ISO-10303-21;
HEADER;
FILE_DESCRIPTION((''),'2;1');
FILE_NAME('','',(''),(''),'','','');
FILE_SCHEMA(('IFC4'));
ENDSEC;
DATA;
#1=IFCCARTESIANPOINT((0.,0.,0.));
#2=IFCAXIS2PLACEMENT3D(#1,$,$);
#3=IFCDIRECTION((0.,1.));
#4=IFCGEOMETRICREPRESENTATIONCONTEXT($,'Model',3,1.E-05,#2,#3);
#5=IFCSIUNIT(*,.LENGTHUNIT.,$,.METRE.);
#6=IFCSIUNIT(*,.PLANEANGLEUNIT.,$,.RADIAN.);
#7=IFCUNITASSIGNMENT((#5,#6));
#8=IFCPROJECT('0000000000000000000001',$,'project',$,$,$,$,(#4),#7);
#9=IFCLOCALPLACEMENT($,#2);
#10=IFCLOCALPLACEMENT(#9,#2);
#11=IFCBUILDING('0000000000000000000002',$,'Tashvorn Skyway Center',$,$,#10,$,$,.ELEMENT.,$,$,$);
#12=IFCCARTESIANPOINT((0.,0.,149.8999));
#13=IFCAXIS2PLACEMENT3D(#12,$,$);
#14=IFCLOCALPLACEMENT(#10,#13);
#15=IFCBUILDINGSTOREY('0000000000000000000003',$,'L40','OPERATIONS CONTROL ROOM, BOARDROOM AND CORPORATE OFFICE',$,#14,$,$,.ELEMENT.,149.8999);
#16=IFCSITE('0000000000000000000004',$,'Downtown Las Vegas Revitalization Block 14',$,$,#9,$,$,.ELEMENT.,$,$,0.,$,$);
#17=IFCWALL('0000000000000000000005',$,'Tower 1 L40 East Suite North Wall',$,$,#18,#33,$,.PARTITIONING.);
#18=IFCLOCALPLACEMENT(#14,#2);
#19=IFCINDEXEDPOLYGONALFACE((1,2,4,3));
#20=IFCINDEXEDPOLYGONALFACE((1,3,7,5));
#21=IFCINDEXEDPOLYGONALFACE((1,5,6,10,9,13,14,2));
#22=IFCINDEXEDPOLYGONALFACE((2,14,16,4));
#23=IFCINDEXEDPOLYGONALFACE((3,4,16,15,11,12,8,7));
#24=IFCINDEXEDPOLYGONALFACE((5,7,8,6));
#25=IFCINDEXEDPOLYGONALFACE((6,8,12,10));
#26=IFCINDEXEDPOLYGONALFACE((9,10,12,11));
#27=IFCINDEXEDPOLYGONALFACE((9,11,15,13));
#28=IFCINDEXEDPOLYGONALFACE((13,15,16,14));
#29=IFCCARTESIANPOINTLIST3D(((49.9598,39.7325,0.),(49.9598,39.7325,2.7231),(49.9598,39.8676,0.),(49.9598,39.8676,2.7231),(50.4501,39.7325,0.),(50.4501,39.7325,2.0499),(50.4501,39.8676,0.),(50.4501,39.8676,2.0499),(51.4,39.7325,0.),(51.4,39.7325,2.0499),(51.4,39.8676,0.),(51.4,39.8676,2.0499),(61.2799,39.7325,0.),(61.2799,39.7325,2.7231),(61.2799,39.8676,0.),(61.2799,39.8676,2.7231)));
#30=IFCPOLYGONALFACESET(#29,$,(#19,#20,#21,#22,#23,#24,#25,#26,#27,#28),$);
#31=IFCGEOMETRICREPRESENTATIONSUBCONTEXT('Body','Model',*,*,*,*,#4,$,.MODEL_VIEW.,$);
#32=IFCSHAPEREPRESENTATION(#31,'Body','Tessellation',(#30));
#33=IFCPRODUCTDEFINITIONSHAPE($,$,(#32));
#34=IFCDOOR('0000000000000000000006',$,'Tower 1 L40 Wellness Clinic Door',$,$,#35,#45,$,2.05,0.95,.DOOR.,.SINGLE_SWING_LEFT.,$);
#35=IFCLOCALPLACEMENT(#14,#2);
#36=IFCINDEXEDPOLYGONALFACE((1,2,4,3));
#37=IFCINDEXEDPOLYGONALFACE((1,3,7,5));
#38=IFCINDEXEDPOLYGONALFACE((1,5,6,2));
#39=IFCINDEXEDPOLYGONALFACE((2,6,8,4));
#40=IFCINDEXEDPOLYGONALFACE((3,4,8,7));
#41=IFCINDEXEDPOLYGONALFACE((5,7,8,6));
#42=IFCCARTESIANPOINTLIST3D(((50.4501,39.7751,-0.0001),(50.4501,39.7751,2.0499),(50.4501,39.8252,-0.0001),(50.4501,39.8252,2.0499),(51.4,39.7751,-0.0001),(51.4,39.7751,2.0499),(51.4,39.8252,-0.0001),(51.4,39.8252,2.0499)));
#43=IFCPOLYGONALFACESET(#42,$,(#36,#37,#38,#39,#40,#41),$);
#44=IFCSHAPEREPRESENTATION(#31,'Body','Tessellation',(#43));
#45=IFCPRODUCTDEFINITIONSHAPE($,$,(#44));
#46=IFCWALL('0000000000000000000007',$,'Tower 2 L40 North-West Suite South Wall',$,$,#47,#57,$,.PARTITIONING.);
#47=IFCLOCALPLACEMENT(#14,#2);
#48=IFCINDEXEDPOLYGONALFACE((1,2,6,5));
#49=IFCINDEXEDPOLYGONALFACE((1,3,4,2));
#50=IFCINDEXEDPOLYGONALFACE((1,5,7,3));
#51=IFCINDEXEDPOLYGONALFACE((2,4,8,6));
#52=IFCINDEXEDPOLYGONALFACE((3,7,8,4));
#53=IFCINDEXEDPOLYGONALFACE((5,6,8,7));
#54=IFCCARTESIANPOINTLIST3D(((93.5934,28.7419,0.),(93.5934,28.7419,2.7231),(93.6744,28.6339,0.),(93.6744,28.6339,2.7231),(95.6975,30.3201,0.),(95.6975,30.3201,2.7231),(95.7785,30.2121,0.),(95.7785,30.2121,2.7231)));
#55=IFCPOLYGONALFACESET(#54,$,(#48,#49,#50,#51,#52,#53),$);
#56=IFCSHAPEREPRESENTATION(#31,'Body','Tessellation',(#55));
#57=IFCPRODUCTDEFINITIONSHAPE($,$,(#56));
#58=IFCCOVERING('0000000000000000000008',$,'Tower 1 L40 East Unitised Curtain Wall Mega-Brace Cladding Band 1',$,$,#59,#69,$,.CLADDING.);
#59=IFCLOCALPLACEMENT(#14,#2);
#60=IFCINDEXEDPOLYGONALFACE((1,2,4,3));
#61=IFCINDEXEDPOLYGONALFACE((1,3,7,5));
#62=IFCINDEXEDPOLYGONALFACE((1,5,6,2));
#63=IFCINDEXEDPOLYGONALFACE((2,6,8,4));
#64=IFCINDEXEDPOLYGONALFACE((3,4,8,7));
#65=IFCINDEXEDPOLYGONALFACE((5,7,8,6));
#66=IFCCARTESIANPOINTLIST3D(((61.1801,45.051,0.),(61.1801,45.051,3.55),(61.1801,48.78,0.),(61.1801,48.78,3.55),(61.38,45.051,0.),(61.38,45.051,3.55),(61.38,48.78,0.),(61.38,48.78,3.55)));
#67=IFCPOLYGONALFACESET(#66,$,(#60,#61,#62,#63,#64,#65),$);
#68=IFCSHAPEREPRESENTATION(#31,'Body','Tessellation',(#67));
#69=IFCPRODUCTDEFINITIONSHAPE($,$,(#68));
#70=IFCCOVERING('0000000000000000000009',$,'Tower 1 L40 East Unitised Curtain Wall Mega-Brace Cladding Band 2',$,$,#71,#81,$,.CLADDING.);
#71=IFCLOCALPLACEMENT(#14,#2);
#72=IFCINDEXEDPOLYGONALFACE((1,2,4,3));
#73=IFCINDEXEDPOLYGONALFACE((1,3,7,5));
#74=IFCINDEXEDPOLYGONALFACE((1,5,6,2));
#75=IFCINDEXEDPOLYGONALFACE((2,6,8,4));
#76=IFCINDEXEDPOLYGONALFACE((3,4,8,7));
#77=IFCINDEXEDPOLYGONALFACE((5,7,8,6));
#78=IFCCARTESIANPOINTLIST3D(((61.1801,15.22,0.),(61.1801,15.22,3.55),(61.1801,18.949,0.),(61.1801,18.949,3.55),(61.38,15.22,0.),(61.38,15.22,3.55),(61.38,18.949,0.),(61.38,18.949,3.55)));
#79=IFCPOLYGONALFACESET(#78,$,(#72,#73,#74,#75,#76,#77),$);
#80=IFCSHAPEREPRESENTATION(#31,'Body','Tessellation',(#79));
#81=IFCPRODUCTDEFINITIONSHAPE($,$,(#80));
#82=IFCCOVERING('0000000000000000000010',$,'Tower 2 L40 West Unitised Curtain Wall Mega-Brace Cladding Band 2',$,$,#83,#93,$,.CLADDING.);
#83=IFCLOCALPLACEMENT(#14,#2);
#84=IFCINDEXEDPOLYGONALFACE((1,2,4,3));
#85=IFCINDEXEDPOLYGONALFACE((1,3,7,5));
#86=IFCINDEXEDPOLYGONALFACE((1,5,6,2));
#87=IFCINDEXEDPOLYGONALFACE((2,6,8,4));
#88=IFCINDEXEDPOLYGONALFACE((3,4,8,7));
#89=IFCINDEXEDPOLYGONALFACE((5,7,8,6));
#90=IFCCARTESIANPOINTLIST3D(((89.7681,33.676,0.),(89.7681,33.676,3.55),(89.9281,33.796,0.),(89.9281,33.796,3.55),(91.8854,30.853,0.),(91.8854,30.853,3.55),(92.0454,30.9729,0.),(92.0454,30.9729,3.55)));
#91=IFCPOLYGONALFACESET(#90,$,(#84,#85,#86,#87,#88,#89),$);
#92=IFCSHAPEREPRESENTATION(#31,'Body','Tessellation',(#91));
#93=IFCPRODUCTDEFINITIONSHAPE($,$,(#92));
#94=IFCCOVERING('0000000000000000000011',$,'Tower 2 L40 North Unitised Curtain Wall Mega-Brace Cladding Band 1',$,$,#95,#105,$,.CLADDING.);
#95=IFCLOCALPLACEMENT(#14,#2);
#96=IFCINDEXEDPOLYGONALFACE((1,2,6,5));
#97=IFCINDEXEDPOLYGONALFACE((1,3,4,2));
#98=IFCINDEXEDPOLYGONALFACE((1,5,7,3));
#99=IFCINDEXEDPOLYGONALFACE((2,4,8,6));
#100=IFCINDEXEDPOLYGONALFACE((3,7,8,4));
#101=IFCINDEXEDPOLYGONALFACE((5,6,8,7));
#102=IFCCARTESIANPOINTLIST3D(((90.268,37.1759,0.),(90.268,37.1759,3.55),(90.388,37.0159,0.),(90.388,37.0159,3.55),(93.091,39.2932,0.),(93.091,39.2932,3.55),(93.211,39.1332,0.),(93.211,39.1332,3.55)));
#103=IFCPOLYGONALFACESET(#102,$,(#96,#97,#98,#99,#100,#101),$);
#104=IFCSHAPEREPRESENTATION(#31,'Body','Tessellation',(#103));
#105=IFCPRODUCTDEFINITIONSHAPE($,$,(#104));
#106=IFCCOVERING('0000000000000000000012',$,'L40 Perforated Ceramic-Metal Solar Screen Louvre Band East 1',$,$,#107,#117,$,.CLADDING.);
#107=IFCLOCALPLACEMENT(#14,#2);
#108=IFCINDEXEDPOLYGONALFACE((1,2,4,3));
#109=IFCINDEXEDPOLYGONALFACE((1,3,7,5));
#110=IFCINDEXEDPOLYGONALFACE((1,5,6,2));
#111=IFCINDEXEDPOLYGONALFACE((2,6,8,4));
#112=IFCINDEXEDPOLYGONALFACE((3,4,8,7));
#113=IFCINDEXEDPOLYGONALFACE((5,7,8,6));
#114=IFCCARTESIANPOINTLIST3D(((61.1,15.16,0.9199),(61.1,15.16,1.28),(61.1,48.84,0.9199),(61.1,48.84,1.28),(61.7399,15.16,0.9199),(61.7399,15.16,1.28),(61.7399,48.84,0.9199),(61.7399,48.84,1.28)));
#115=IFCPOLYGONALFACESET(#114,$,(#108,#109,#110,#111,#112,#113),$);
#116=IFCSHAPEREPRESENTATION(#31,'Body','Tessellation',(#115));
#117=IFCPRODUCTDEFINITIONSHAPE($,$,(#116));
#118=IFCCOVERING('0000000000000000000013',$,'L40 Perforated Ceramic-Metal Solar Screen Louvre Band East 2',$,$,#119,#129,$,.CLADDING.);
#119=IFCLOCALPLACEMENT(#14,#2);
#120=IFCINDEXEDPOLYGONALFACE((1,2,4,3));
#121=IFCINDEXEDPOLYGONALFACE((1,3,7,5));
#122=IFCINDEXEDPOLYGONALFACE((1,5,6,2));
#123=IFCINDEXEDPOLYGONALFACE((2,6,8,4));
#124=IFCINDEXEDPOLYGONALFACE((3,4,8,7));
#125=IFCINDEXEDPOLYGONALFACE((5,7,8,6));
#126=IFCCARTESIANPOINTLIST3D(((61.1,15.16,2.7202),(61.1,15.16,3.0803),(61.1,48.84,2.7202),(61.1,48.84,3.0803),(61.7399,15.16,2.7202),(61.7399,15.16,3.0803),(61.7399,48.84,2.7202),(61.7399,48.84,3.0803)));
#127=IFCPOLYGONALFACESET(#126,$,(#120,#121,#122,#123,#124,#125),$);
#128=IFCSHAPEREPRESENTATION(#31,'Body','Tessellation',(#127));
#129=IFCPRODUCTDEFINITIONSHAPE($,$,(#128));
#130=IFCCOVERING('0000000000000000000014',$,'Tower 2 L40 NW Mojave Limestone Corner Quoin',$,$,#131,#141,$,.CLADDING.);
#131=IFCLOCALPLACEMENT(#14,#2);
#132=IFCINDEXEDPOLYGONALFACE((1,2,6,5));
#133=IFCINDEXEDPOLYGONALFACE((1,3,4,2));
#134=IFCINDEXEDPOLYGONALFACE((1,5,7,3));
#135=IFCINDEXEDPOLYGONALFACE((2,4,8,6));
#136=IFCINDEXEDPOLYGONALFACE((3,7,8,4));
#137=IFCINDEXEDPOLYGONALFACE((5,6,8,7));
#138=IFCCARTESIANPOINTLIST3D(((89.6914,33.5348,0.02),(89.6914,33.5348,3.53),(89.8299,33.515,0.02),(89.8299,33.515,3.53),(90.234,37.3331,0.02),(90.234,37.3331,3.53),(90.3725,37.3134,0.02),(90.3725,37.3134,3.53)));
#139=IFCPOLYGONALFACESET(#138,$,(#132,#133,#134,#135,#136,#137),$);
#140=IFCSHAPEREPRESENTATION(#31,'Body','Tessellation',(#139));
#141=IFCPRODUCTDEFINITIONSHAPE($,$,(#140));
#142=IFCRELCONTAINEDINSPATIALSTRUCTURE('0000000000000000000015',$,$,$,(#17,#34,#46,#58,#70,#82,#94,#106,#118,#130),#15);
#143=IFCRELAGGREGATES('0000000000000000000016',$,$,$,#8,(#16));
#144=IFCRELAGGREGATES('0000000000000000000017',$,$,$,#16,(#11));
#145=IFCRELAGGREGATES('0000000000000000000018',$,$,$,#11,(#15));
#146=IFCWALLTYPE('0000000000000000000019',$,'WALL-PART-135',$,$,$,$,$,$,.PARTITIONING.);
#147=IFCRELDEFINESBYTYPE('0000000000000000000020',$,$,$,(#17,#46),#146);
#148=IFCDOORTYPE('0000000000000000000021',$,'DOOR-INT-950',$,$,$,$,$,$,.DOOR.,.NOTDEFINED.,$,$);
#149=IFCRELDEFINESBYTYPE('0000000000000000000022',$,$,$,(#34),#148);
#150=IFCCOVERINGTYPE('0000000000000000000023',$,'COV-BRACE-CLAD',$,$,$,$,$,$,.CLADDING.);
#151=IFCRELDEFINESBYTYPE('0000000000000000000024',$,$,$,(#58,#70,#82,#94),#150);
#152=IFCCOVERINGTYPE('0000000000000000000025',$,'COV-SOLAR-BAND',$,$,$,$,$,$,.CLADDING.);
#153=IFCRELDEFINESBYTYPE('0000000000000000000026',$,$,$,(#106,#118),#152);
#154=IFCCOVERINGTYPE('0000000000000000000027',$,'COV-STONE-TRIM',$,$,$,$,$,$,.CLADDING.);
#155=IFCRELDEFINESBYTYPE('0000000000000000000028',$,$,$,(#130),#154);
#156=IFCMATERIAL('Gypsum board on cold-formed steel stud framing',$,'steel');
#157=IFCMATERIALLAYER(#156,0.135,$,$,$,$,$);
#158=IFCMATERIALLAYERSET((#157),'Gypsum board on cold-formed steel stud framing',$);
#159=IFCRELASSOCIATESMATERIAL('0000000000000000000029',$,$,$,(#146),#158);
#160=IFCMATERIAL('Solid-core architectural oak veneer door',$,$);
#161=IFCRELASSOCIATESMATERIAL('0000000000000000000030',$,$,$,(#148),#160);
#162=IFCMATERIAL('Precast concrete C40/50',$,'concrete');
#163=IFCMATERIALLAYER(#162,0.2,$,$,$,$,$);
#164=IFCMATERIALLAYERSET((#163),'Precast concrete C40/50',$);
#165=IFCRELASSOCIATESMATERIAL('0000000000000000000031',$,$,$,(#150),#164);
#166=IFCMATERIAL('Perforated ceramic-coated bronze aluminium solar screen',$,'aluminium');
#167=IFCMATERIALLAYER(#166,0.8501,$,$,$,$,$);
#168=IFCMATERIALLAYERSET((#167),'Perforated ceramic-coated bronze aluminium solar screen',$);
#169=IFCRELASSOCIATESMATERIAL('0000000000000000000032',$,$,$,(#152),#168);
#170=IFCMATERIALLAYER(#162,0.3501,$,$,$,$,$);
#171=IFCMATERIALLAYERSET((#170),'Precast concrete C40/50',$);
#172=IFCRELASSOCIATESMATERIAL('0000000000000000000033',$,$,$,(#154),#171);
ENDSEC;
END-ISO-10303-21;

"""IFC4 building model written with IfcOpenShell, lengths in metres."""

from ifc_helpers import new_model, si_unit, direction, frame, frame_2d, origin, origin_2d, place, context, subcontext, project, spatial, rectangle, extrude, material, layer, layer_set, type_object, element, fill, save


model = new_model("IFC4")

# Units and contexts
model_context = context("Model", 3, precision=1e-05, world=origin(), true_north=direction((0.0, 1.0)))
body_context = subcontext(model_context, "Body", "Model", "MODEL_VIEW")
ifc_project = project(units=[si_unit("LENGTHUNIT", "METRE"), si_unit("PLANEANGLEUNIT", "RADIAN")], contexts=[model_context])

# Site, building, storey
site_placement = place(None, origin())
site = spatial("IfcSite", under=ifc_project, at=site_placement, Name="Downtown Las Vegas Revitalization Block 14", CompositionType="ELEMENT", RefElevation=0.0)
building_placement = place(site_placement, origin())
building = spatial("IfcBuilding", under=site, at=building_placement, Name="Tashvorn Skyway Center", CompositionType="ELEMENT")
storey_placement = place(building_placement, frame((0.0, 0.0, 149.8999)))
storey = spatial("IfcBuildingStorey", under=building, at=storey_placement, Name="L40", Description="OPERATIONS CONTROL ROOM, BOARDROOM AND CORPORATE OFFICE", CompositionType="ELEMENT", Elevation=149.8999)

# Shared definitions
ifc_material_1 = material(Name="Precast concrete C40/50", Category="concrete")

# Wall, opening, door
ifc_material_2 = material(Name="Gypsum board on cold-formed steel stud framing", Category="steel")
ifc_layer_1 = layer(ifc_material_2, 0.135)
ifc_layer_set_1 = layer_set([ifc_layer_1], Name="Gypsum board on cold-formed steel stud framing")
wall_type_1 = type_object("IfcWallType", Name="WALL-PART-135", PredefinedType="PARTITIONING", material=ifc_layer_set_1)
wall_1_placement = place(storey_placement, frame((61.28, 39.8, 0.0), z_axis=(0.0, 0.0, 1.0), x_axis=(-1.0, 0.0, 0.0)))
wall_1 = element("IfcWall", 1, at=wall_1_placement, inside=storey, type_object=wall_type_1, Name="Tower 1 L40 East Suite North Wall", PredefinedType="PARTITIONING", context=body_context, shape_type="SweptSolid", body=[
    extrude(rectangle(XDim=11.3201, YDim=0.135, at=frame_2d((5.6602, 0.0))), origin(), (0.0, 0.0, 1.0), 2.7231),
])
opening_placement = place(wall_1_placement, frame((9.8799, 0.0, 0.0)))
opening = element("IfcOpeningElement", 2, at=opening_placement, cuts=wall_1, PredefinedType="OPENING", context=body_context, shape_type="SweptSolid", body=[
    extrude(rectangle(XDim=0.95, YDim=2.05, at=frame_2d((0.4751, 1.0249))), frame((0.0, 0.0774, 0.0), z_axis=(0.0, -1.0, 0.0), x_axis=(1.0, 0.0, 0.0)), (0.0, 0.0, 1.0), 0.155),
])
ifc_material_3 = material(Name="Solid-core architectural oak veneer door")
door_type = type_object("IfcDoorType", Name="DOOR-INT-950", OperationType="NOTDEFINED", PredefinedType="DOOR", material=ifc_material_3)
door_placement = place(opening_placement, origin())
door = element("IfcDoor", 3, at=door_placement, inside=storey, type_object=door_type, Name="Tower 1 L40 Wellness Clinic Door", OperationType="SINGLE_SWING_LEFT", OverallHeight=2.05, OverallWidth=0.95, PredefinedType="DOOR", context=body_context, shape_type="SweptSolid", body=[
    extrude(rectangle(XDim=0.95, YDim=2.05, at=frame_2d((0.4751, 1.0249))), frame((0.0, 0.0249, 0.0), z_axis=(0.0, -1.0, 0.0), x_axis=(1.0, 0.0, 0.0)), (0.0, 0.0, 1.0), 0.05),
])
fill(opening, door)

# Wall
wall_2_placement = place(storey_placement, frame((93.634, 28.688, 0.0), z_axis=(0.0, 0.0, 1.0), x_axis=(0.799978, 0.60003, 0.0)))
element("IfcWall", 4, at=wall_2_placement, inside=storey, type_object=wall_type_1, Name="Tower 2 L40 North-West Suite South Wall", PredefinedType="PARTITIONING", context=body_context, shape_type="SweptSolid", body=[
    extrude(rectangle(XDim=2.6301, YDim=0.135, at=frame_2d((1.3149, 0.0))), origin(), (0.0, 0.0, 1.0), 2.7231),
])

# Coverings
ifc_layer_2 = layer(ifc_material_1, 0.2)
ifc_layer_set_2 = layer_set([ifc_layer_2], Name="Precast concrete C40/50")
covering_type_1 = type_object("IfcCoveringType", Name="COV-BRACE-CLAD", PredefinedType="CLADDING", material=ifc_layer_set_2)
for number, where, z_axis, x_axis, name in (
    (5, (61.28, 46.9155, 0.0), (0.0, 0.0, 1.0), (0.0, -1.0, 0.0), "Tower 1 L40 East Unitised Curtain Wall Mega-Brace Cladding Band 1"),
    (6, (61.28, 17.0845, 0.0), (0.0, 0.0, 1.0), (0.0, -1.0, 0.0), "Tower 1 L40 East Unitised Curtain Wall Mega-Brace Cladding Band 2"),
):
    element("IfcCovering", number, at=place(storey_placement, frame(where, z_axis=z_axis, x_axis=x_axis)), inside=storey, type_object=covering_type_1, Name=name, PredefinedType="CLADDING", context=body_context, shape_type="SweptSolid", body=[
        extrude(rectangle(XDim=3.729, YDim=0.2, at=origin_2d()), origin(), (0.0, 0.0, 1.0), 3.55),
    ])
for number, where, z_axis, x_axis, name in (
    (7, (90.9067, 32.3245, 0.0), (0.0, 0.0, 1.0), (-0.6, 0.8, 0.0), "Tower 2 L40 West Unitised Curtain Wall Mega-Brace Cladding Band 2"),
    (8, (91.7395, 38.1545, 0.0), (0.0, 0.0, 1.0), (0.8, 0.6, 0.0), "Tower 2 L40 North Unitised Curtain Wall Mega-Brace Cladding Band 1"),
):
    element("IfcCovering", number, at=place(storey_placement, frame(where, z_axis=z_axis, x_axis=x_axis)), inside=storey, type_object=covering_type_1, Name=name, PredefinedType="CLADDING", context=body_context, shape_type="SweptSolid", body=[
        extrude(rectangle(XDim=3.5288, YDim=0.2, at=origin_2d()), origin(), (0.0, 0.0, 1.0), 3.55),
    ])
ifc_material_4 = material(Name="Perforated ceramic-coated bronze aluminium solar screen", Category="aluminium")
ifc_layer_3 = layer(ifc_material_4, 0.8501)
ifc_layer_set_3 = layer_set([ifc_layer_3], Name="Perforated ceramic-coated bronze aluminium solar screen")
covering_type_2 = type_object("IfcCoveringType", Name="COV-SOLAR-BAND", PredefinedType="CLADDING", material=ifc_layer_set_3)
for number, where, z_axis, x_axis, name in (
    (9, (61.4199, 32.0, 0.9199), (0.0, 0.0, 1.0), (0.0, -1.0, 0.0), "L40 Perforated Ceramic-Metal Solar Screen Louvre Band East 1"),
    (10, (61.4199, 32.0, 2.7202), (0.0, 0.0, 1.0), (0.0, -1.0, 0.0), "L40 Perforated Ceramic-Metal Solar Screen Louvre Band East 2"),
):
    element("IfcCovering", number, at=place(storey_placement, frame(where, z_axis=z_axis, x_axis=x_axis)), inside=storey, type_object=covering_type_2, Name=name, PredefinedType="CLADDING", context=body_context, shape_type="SweptSolid", body=[
        extrude(rectangle(XDim=33.6799, YDim=0.6399, at=origin_2d()), origin(), (0.0, 0.0, 1.0), 0.3601),
    ])
ifc_layer_4 = layer(ifc_material_1, 0.3501)
ifc_layer_set_4 = layer_set([ifc_layer_4], Name="Precast concrete C40/50")
covering_type_3 = type_object("IfcCoveringType", Name="COV-STONE-TRIM", PredefinedType="CLADDING", material=ifc_layer_set_4)
covering_placement = place(storey_placement, frame((90.032, 35.4241, 0.02), z_axis=(0.0, 0.0, 1.0), x_axis=(-0.141421, -0.989949, 0.0)))
element("IfcCovering", 11, at=covering_placement, inside=storey, type_object=covering_type_3, Name="Tower 2 L40 NW Mojave Limestone Corner Quoin", PredefinedType="CLADDING", context=body_context, shape_type="SweptSolid", body=[
    extrude(rectangle(XDim=3.8369, YDim=0.1399, at=origin_2d()), origin(), (0.0, 0.0, 1.0), 3.51),
])

save(model, "model.ifc")
